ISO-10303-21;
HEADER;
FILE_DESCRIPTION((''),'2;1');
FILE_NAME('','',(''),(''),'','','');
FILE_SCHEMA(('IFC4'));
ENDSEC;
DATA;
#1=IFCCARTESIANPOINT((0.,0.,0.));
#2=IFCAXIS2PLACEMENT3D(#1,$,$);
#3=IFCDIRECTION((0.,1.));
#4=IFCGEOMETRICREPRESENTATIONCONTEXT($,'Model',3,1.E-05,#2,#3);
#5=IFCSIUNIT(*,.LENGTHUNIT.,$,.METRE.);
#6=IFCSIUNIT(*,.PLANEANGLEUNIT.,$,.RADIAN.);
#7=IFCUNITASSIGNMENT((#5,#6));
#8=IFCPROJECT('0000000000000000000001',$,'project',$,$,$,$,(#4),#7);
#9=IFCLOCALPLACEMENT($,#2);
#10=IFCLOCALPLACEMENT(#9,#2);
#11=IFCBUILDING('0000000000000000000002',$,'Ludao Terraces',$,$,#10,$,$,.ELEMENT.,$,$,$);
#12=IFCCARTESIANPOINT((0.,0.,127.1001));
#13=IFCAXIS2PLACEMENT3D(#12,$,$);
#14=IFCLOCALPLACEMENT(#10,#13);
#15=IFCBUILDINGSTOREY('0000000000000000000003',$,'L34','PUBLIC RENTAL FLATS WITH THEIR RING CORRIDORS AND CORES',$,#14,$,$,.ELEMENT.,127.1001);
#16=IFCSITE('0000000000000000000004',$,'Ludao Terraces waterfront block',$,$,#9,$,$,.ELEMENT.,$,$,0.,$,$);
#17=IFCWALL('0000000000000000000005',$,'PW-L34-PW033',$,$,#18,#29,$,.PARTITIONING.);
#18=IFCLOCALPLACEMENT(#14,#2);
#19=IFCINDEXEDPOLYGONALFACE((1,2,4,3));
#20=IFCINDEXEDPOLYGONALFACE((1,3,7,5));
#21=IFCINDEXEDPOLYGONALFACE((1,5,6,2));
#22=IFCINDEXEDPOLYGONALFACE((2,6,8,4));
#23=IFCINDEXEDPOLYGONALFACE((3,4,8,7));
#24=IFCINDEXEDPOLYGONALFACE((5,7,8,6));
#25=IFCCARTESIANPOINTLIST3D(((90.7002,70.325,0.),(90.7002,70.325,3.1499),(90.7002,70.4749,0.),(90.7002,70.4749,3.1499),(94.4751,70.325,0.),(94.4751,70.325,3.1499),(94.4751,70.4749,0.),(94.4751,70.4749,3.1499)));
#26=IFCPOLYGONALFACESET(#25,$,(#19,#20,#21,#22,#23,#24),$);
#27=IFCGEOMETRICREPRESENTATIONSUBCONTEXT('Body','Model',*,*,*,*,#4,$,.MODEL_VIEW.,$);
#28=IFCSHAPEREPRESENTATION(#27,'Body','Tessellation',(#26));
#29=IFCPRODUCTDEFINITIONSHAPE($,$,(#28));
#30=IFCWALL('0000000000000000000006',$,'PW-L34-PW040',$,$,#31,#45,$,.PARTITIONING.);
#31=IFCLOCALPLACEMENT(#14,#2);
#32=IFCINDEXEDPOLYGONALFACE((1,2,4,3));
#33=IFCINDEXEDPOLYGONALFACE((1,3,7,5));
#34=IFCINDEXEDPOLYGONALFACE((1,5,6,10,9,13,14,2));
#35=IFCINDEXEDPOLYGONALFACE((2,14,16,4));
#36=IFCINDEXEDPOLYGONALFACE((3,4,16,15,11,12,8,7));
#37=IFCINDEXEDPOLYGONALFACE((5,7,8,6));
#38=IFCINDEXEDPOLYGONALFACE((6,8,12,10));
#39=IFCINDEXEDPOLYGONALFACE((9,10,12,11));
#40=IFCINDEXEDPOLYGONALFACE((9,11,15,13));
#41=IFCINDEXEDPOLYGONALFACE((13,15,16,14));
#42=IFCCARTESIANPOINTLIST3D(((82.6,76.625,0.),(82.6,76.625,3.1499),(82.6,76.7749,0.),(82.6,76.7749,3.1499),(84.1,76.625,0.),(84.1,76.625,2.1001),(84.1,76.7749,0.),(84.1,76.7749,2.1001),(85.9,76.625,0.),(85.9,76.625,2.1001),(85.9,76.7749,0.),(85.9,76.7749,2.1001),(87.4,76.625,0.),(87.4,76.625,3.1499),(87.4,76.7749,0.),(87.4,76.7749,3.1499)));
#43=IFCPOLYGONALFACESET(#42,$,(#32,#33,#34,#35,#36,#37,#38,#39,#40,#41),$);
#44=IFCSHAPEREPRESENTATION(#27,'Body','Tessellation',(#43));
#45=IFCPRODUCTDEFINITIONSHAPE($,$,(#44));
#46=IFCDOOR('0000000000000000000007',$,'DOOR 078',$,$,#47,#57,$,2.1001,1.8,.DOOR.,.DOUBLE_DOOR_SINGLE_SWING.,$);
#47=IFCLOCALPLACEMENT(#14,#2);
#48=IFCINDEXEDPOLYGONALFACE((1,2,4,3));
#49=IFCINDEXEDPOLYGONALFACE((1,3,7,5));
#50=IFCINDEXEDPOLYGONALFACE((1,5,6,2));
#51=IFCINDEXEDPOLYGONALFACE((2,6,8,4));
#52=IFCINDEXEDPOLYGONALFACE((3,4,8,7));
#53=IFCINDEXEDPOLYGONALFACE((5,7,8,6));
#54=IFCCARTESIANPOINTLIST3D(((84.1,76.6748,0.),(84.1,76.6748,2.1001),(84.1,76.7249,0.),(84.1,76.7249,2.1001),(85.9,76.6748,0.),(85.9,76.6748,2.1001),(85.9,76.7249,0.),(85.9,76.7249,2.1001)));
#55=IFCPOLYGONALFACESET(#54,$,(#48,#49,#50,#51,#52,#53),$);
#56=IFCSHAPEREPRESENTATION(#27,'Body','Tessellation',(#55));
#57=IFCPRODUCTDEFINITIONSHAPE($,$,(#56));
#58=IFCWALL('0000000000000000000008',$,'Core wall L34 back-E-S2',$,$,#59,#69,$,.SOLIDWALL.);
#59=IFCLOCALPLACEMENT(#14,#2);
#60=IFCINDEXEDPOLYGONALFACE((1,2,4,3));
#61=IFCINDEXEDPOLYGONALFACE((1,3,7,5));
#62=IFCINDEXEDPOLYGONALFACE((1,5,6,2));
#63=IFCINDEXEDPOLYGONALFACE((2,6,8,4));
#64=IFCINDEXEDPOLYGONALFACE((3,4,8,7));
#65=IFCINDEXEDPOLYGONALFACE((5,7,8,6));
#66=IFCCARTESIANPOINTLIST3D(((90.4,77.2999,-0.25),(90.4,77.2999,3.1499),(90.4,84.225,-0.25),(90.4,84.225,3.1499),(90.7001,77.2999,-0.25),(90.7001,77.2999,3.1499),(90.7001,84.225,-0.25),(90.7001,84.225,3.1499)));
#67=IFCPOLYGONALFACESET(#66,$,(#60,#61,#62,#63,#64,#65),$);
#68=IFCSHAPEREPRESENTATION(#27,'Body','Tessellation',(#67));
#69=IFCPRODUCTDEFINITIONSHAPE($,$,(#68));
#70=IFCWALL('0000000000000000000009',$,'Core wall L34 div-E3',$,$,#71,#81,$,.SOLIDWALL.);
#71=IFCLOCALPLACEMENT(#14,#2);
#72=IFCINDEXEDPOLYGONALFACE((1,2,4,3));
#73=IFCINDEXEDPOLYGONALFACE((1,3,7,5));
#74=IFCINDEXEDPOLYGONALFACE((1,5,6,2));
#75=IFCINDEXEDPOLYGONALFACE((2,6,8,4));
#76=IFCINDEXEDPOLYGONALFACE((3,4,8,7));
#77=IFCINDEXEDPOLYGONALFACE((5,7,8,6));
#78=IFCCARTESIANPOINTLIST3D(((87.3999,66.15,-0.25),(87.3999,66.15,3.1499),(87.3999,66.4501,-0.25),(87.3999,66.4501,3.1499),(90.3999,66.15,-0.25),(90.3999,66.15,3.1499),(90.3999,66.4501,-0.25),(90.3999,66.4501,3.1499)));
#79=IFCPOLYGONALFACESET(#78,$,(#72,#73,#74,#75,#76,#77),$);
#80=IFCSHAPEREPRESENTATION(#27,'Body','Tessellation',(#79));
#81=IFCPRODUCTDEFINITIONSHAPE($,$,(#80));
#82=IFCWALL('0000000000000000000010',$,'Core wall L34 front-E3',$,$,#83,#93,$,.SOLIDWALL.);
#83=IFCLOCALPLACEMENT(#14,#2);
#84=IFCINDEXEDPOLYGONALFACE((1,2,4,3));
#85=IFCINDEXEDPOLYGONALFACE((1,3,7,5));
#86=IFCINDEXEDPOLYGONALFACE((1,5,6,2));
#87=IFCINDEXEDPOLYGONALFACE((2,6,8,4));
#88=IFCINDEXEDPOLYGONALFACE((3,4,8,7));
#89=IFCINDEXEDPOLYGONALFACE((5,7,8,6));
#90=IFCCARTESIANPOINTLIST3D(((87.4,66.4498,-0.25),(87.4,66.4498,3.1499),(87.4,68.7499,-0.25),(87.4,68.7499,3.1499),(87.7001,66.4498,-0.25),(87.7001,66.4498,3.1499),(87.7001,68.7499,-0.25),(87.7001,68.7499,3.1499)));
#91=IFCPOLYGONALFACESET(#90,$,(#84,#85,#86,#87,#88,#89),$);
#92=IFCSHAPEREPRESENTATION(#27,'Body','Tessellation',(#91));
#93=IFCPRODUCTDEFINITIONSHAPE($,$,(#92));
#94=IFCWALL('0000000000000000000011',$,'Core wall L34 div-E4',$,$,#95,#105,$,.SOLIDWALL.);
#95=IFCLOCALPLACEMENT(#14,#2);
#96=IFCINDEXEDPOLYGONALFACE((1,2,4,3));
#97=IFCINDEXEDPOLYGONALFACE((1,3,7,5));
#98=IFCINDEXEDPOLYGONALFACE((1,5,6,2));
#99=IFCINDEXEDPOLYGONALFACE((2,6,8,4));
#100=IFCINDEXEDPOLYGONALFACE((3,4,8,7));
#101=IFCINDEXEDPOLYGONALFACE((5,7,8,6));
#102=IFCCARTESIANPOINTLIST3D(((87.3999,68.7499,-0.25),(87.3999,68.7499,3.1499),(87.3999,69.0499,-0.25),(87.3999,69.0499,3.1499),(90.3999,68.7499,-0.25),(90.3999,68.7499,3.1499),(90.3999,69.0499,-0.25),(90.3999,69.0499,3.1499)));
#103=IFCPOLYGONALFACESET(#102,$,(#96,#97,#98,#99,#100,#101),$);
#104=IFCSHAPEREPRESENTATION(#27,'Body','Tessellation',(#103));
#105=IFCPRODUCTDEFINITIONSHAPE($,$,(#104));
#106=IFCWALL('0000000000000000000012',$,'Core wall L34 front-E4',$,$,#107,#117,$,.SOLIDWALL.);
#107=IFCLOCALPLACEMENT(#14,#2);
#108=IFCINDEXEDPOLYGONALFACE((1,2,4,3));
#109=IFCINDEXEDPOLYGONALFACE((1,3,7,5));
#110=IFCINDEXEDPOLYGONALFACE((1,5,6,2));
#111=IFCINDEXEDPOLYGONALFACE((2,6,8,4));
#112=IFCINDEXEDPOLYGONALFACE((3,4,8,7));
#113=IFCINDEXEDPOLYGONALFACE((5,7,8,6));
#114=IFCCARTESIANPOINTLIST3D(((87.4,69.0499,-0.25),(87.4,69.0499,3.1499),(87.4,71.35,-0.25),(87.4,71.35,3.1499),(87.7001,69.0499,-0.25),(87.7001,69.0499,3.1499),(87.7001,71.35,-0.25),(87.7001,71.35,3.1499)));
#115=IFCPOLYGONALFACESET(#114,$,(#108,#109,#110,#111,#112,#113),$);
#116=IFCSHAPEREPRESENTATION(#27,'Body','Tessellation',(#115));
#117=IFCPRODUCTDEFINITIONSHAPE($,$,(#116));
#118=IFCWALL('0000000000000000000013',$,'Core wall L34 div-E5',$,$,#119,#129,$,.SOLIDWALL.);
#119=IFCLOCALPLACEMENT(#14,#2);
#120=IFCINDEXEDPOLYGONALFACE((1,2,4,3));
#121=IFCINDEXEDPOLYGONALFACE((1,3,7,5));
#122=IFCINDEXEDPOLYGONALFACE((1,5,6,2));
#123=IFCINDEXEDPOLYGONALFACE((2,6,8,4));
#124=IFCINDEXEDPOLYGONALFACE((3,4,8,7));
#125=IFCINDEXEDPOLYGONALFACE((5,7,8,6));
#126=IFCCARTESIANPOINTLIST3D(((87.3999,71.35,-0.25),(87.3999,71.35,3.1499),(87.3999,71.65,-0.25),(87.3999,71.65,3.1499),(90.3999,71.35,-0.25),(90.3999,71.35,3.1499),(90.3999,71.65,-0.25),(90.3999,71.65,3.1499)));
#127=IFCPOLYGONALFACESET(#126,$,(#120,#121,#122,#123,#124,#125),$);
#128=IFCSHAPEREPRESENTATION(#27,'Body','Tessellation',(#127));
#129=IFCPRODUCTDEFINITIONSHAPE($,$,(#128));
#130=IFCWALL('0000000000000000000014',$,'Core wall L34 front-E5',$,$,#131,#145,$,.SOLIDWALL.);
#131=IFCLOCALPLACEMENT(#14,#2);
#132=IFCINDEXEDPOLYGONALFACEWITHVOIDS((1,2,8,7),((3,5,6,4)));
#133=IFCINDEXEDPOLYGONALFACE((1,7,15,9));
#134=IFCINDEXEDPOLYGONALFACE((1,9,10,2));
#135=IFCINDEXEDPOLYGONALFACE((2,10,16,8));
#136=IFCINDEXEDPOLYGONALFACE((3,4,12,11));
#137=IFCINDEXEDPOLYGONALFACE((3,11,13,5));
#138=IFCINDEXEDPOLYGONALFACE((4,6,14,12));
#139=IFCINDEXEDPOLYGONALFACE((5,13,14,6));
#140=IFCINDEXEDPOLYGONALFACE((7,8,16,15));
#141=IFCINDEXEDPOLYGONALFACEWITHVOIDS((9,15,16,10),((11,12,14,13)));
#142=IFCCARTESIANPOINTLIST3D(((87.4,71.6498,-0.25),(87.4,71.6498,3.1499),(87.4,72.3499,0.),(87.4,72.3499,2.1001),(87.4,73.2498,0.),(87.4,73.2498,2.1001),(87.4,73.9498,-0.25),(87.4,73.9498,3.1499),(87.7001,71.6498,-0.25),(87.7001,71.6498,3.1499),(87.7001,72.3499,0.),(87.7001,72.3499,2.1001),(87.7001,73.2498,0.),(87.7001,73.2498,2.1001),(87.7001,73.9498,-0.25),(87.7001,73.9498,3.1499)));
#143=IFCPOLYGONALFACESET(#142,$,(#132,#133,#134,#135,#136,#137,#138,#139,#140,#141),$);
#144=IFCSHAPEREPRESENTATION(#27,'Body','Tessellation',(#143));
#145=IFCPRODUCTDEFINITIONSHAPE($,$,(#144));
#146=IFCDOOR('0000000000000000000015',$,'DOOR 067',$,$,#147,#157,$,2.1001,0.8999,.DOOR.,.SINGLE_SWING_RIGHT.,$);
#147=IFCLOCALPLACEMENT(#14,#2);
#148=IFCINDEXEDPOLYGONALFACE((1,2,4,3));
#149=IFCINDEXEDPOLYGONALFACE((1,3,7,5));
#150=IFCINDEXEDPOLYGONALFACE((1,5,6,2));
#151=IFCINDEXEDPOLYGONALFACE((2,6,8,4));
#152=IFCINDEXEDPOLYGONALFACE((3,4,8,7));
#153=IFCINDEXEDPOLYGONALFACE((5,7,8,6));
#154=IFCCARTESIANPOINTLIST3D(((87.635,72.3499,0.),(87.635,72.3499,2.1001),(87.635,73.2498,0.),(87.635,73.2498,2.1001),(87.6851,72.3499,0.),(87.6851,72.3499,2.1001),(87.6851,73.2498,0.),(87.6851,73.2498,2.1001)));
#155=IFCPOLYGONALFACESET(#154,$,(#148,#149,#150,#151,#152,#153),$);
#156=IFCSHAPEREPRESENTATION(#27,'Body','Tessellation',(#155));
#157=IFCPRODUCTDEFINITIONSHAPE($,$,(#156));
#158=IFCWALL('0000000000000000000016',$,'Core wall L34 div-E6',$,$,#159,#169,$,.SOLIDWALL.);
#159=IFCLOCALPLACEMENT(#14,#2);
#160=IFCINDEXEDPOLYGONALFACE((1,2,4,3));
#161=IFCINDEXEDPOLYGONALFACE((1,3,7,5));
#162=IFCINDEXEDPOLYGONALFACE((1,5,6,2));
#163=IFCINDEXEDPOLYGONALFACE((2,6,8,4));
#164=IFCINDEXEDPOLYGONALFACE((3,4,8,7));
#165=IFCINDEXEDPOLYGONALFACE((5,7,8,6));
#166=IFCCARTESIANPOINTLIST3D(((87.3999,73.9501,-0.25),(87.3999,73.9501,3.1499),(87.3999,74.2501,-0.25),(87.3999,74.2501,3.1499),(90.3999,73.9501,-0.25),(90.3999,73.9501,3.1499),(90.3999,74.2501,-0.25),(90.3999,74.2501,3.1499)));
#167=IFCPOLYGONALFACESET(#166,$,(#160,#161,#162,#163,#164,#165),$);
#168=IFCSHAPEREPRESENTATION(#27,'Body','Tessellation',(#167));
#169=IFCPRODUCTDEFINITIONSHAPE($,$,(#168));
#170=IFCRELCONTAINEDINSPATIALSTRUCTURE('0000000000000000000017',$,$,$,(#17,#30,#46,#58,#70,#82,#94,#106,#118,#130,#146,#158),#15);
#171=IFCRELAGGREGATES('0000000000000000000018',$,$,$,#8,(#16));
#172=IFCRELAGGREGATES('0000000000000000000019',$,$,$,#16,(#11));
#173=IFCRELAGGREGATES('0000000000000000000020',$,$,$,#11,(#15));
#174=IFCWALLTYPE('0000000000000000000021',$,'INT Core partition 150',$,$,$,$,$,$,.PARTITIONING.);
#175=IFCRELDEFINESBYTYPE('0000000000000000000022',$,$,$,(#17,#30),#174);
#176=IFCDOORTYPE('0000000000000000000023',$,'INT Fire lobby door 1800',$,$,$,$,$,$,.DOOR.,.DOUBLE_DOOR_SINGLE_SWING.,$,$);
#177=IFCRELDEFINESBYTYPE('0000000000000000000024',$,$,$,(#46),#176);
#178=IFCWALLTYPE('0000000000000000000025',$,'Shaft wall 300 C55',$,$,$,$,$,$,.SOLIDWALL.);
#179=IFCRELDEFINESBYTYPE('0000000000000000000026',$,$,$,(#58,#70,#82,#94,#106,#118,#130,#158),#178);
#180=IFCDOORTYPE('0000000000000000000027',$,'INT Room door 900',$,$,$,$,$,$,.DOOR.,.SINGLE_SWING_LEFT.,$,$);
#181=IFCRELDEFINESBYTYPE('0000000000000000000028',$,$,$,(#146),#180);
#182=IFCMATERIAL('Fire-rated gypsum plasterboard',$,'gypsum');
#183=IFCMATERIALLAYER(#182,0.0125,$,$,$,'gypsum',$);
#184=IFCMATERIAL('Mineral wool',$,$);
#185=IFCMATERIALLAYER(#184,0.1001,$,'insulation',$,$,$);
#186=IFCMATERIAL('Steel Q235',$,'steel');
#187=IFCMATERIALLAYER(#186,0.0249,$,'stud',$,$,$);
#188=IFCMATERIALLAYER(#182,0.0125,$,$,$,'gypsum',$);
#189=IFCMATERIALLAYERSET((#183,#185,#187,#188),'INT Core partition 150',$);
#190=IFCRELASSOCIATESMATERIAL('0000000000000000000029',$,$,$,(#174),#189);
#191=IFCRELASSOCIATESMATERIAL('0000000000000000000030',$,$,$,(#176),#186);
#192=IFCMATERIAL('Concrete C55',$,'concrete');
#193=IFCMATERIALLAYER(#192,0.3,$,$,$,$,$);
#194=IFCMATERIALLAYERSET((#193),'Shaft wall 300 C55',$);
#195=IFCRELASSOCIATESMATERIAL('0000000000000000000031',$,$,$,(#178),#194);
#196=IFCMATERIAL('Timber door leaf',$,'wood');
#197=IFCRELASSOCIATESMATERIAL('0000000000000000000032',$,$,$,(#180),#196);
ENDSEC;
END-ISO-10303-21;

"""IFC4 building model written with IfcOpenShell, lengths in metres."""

from ifc_helpers import new_model, si_unit, direction, frame, frame_2d, origin, place, context, subcontext, project, spatial, rectangle, extrude, material, layer, layer_set, type_object, element, fill, save


model = new_model("IFC4")

# Units and contexts
model_context = context("Model", 3, precision=1e-05, world=origin(), true_north=direction((0.0, 1.0)))
body_context = subcontext(model_context, "Body", "Model", "MODEL_VIEW")
ifc_project = project(units=[si_unit("LENGTHUNIT", "METRE"), si_unit("PLANEANGLEUNIT", "RADIAN")], contexts=[model_context])

# Site, building, storey
site_placement = place(None, origin())
site = spatial("IfcSite", under=ifc_project, at=site_placement, Name="Ludao Terraces waterfront block", CompositionType="ELEMENT", RefElevation=0.0)
building_placement = place(site_placement, origin())
building = spatial("IfcBuilding", under=site, at=building_placement, Name="Ludao Terraces", CompositionType="ELEMENT")
storey_placement = place(building_placement, frame((0.0, 0.0, 127.1001)))
storey = spatial("IfcBuildingStorey", under=building, at=storey_placement, Name="L34", Description="PUBLIC RENTAL FLATS WITH THEIR RING CORRIDORS AND CORES", CompositionType="ELEMENT", Elevation=127.1001)

# Wall
ifc_material_1 = material(Name="Fire-rated gypsum plasterboard", Category="gypsum")
ifc_layer_1 = layer(ifc_material_1, 0.0125, Category="gypsum")
ifc_material_2 = material(Name="Mineral wool")
ifc_layer_2 = layer(ifc_material_2, 0.1001, Name="insulation")
ifc_material_3 = material(Name="Steel Q235", Category="steel")
ifc_layer_3 = layer(ifc_material_3, 0.0249, Name="stud")
ifc_layer_4 = layer(ifc_material_1, 0.0125, Category="gypsum")
ifc_layer_set_1 = layer_set([ifc_layer_1, ifc_layer_2, ifc_layer_3, ifc_layer_4], Name="INT Core partition 150")
wall_type_1 = type_object("IfcWallType", Name="INT Core partition 150", PredefinedType="PARTITIONING", material=ifc_layer_set_1)
wall_1_placement = place(storey_placement, frame((90.7002, 70.3999, 0.0), z_axis=(0.0, 0.0, 1.0), x_axis=(1.0, 0.0, 0.0)))
element("IfcWall", 1, at=wall_1_placement, inside=storey, type_object=wall_type_1, Name="PW-L34-PW033", PredefinedType="PARTITIONING", context=body_context, shape_type="SweptSolid", body=[
    extrude(rectangle(XDim=3.7749, YDim=0.1499, at=frame_2d((1.8875, 0.0))), origin(), (0.0, 0.0, 1.0), 3.1499),
])

# Wall, opening, door
wall_2_placement = place(storey_placement, frame((82.6001, 76.7, 0.0), z_axis=(0.0, 0.0, 1.0), x_axis=(1.0, 0.0, 0.0)))
wall_2 = element("IfcWall", 2, at=wall_2_placement, inside=storey, type_object=wall_type_1, Name="PW-L34-PW040", PredefinedType="PARTITIONING", context=body_context, shape_type="SweptSolid", body=[
    extrude(rectangle(XDim=4.8, YDim=0.1499, at=frame_2d((2.3999, 0.0))), origin(), (0.0, 0.0, 1.0), 3.1499),
])
opening_1_placement = place(wall_2_placement, frame((1.5, 0.0, 0.0)))
opening_1 = element("IfcOpeningElement", 3, at=opening_1_placement, cuts=wall_2, PredefinedType="OPENING", context=body_context, shape_type="SweptSolid", body=[
    extrude(rectangle(XDim=1.8, YDim=2.1001, at=frame_2d((0.8999, 1.05))), frame((0.0, 0.085, 0.0), z_axis=(0.0, -1.0, 0.0), x_axis=(1.0, 0.0, 0.0)), (0.0, 0.0, 1.0), 0.1699),
])
door_type_1 = type_object("IfcDoorType", Name="INT Fire lobby door 1800", OperationType="DOUBLE_DOOR_SINGLE_SWING", PredefinedType="DOOR", material=ifc_material_3)
door_1_placement = place(opening_1_placement, origin())
door_1 = element("IfcDoor", 4, at=door_1_placement, inside=storey, type_object=door_type_1, Name="DOOR 078", OperationType="DOUBLE_DOOR_SINGLE_SWING", OverallHeight=2.1001, OverallWidth=1.8, PredefinedType="DOOR", context=body_context, shape_type="SweptSolid", body=[
    extrude(rectangle(XDim=1.8, YDim=2.1001, at=frame_2d((0.8999, 1.05))), frame((0.0, 0.0249, 0.0), z_axis=(0.0, -1.0, 0.0), x_axis=(1.0, 0.0, 0.0)), (0.0, 0.0, 1.0), 0.05),
])
fill(opening_1, door_1)

# Walls
ifc_material_4 = material(Name="Concrete C55", Category="concrete")
ifc_layer_5 = layer(ifc_material_4, 0.3)
ifc_layer_set_2 = layer_set([ifc_layer_5], Name="Shaft wall 300 C55")
wall_type_2 = type_object("IfcWallType", Name="Shaft wall 300 C55", PredefinedType="SOLIDWALL", material=ifc_layer_set_2)
wall_3_placement = place(storey_placement, frame((90.55, 77.3, -0.25), z_axis=(0.0, 0.0, 1.0), x_axis=(0.0, 1.0, 0.0)))
element("IfcWall", 5, at=wall_3_placement, inside=storey, type_object=wall_type_2, Name="Core wall L34 back-E-S2", PredefinedType="SOLIDWALL", context=body_context, shape_type="SweptSolid", body=[
    extrude(rectangle(XDim=6.925, YDim=0.3, at=frame_2d((3.4624, 0.0))), origin(), (0.0, 0.0, 1.0), 3.3999),
])
wall_4_placement = place(storey_placement, frame((87.3999, 66.3, -0.25), z_axis=(0.0, 0.0, 1.0), x_axis=(1.0, 0.0, 0.0)))
element("IfcWall", 6, at=wall_4_placement, inside=storey, type_object=wall_type_2, Name="Core wall L34 div-E3", PredefinedType="SOLIDWALL", context=body_context, shape_type="SweptSolid", body=[
    extrude(rectangle(XDim=3.0, YDim=0.3, at=frame_2d((1.5, 0.0))), origin(), (0.0, 0.0, 1.0), 3.3999),
])
wall_5_placement = place(storey_placement, frame((87.55, 66.45, -0.25), z_axis=(0.0, 0.0, 1.0), x_axis=(0.0, 1.0, 0.0)))
element("IfcWall", 7, at=wall_5_placement, inside=storey, type_object=wall_type_2, Name="Core wall L34 front-E3", PredefinedType="SOLIDWALL", context=body_context, shape_type="SweptSolid", body=[
    extrude(rectangle(XDim=2.3, YDim=0.3, at=frame_2d((1.1499, 0.0))), origin(), (0.0, 0.0, 1.0), 3.3999),
])
wall_6_placement = place(storey_placement, frame((87.3999, 68.8999, -0.25), z_axis=(0.0, 0.0, 1.0), x_axis=(1.0, 0.0, 0.0)))
element("IfcWall", 8, at=wall_6_placement, inside=storey, type_object=wall_type_2, Name="Core wall L34 div-E4", PredefinedType="SOLIDWALL", context=body_context, shape_type="SweptSolid", body=[
    extrude(rectangle(XDim=3.0, YDim=0.3, at=frame_2d((1.5, 0.0))), origin(), (0.0, 0.0, 1.0), 3.3999),
])
wall_7_placement = place(storey_placement, frame((87.55, 69.05, -0.25), z_axis=(0.0, 0.0, 1.0), x_axis=(0.0, 1.0, 0.0)))
element("IfcWall", 9, at=wall_7_placement, inside=storey, type_object=wall_type_2, Name="Core wall L34 front-E4", PredefinedType="SOLIDWALL", context=body_context, shape_type="SweptSolid", body=[
    extrude(rectangle(XDim=2.3, YDim=0.3, at=frame_2d((1.1499, 0.0))), origin(), (0.0, 0.0, 1.0), 3.3999),
])
wall_8_placement = place(storey_placement, frame((87.3999, 71.5, -0.25), z_axis=(0.0, 0.0, 1.0), x_axis=(1.0, 0.0, 0.0)))
element("IfcWall", 10, at=wall_8_placement, inside=storey, type_object=wall_type_2, Name="Core wall L34 div-E5", PredefinedType="SOLIDWALL", context=body_context, shape_type="SweptSolid", body=[
    extrude(rectangle(XDim=3.0, YDim=0.3, at=frame_2d((1.5, 0.0))), origin(), (0.0, 0.0, 1.0), 3.3999),
])

# Wall, opening, door
wall_9_placement = place(storey_placement, frame((87.55, 71.6499, -0.25), z_axis=(0.0, 0.0, 1.0), x_axis=(0.0, 1.0, 0.0)))
wall_9 = element("IfcWall", 11, at=wall_9_placement, inside=storey, type_object=wall_type_2, Name="Core wall L34 front-E5", PredefinedType="SOLIDWALL", context=body_context, shape_type="SweptSolid", body=[
    extrude(rectangle(XDim=2.3, YDim=0.3, at=frame_2d((1.1499, 0.0))), origin(), (0.0, 0.0, 1.0), 3.3999),
])
opening_2_placement = place(wall_9_placement, frame((0.7, 0.0, 0.25)))
opening_2 = element("IfcOpeningElement", 12, at=opening_2_placement, cuts=wall_9, PredefinedType="OPENING", context=body_context, shape_type="SweptSolid", body=[
    extrude(rectangle(XDim=0.8999, YDim=2.1001, at=frame_2d((0.45, 1.05))), frame((0.0, 0.1602, 0.0), z_axis=(0.0, -1.0, 0.0), x_axis=(1.0, 0.0, 0.0)), (0.0, 0.0, 1.0), 0.3201),
])
ifc_material_5 = material(Name="Timber door leaf", Category="wood")
door_type_2 = type_object("IfcDoorType", Name="INT Room door 900", OperationType="SINGLE_SWING_LEFT", PredefinedType="DOOR", material=ifc_material_5)
door_2_placement = place(opening_2_placement, origin())
door_2 = element("IfcDoor", 13, at=door_2_placement, inside=storey, type_object=door_type_2, Name="DOOR 067", OperationType="SINGLE_SWING_RIGHT", OverallHeight=2.1001, OverallWidth=0.8999, PredefinedType="DOOR", context=body_context, shape_type="SweptSolid", body=[
    extrude(rectangle(XDim=0.8999, YDim=2.1001, at=frame_2d((0.45, 1.05))), frame((0.0, -0.085, 0.0), z_axis=(0.0, -1.0, 0.0), x_axis=(1.0, 0.0, 0.0)), (0.0, 0.0, 1.0), 0.05),
])
fill(opening_2, door_2)

# Wall
wall_10_placement = place(storey_placement, frame((87.3999, 74.1001, -0.25), z_axis=(0.0, 0.0, 1.0), x_axis=(1.0, 0.0, 0.0)))
element("IfcWall", 14, at=wall_10_placement, inside=storey, type_object=wall_type_2, Name="Core wall L34 div-E6", PredefinedType="SOLIDWALL", context=body_context, shape_type="SweptSolid", body=[
    extrude(rectangle(XDim=3.0, YDim=0.3, at=frame_2d((1.5, 0.0))), origin(), (0.0, 0.0, 1.0), 3.3999),
])

save(model, "model.ifc")
